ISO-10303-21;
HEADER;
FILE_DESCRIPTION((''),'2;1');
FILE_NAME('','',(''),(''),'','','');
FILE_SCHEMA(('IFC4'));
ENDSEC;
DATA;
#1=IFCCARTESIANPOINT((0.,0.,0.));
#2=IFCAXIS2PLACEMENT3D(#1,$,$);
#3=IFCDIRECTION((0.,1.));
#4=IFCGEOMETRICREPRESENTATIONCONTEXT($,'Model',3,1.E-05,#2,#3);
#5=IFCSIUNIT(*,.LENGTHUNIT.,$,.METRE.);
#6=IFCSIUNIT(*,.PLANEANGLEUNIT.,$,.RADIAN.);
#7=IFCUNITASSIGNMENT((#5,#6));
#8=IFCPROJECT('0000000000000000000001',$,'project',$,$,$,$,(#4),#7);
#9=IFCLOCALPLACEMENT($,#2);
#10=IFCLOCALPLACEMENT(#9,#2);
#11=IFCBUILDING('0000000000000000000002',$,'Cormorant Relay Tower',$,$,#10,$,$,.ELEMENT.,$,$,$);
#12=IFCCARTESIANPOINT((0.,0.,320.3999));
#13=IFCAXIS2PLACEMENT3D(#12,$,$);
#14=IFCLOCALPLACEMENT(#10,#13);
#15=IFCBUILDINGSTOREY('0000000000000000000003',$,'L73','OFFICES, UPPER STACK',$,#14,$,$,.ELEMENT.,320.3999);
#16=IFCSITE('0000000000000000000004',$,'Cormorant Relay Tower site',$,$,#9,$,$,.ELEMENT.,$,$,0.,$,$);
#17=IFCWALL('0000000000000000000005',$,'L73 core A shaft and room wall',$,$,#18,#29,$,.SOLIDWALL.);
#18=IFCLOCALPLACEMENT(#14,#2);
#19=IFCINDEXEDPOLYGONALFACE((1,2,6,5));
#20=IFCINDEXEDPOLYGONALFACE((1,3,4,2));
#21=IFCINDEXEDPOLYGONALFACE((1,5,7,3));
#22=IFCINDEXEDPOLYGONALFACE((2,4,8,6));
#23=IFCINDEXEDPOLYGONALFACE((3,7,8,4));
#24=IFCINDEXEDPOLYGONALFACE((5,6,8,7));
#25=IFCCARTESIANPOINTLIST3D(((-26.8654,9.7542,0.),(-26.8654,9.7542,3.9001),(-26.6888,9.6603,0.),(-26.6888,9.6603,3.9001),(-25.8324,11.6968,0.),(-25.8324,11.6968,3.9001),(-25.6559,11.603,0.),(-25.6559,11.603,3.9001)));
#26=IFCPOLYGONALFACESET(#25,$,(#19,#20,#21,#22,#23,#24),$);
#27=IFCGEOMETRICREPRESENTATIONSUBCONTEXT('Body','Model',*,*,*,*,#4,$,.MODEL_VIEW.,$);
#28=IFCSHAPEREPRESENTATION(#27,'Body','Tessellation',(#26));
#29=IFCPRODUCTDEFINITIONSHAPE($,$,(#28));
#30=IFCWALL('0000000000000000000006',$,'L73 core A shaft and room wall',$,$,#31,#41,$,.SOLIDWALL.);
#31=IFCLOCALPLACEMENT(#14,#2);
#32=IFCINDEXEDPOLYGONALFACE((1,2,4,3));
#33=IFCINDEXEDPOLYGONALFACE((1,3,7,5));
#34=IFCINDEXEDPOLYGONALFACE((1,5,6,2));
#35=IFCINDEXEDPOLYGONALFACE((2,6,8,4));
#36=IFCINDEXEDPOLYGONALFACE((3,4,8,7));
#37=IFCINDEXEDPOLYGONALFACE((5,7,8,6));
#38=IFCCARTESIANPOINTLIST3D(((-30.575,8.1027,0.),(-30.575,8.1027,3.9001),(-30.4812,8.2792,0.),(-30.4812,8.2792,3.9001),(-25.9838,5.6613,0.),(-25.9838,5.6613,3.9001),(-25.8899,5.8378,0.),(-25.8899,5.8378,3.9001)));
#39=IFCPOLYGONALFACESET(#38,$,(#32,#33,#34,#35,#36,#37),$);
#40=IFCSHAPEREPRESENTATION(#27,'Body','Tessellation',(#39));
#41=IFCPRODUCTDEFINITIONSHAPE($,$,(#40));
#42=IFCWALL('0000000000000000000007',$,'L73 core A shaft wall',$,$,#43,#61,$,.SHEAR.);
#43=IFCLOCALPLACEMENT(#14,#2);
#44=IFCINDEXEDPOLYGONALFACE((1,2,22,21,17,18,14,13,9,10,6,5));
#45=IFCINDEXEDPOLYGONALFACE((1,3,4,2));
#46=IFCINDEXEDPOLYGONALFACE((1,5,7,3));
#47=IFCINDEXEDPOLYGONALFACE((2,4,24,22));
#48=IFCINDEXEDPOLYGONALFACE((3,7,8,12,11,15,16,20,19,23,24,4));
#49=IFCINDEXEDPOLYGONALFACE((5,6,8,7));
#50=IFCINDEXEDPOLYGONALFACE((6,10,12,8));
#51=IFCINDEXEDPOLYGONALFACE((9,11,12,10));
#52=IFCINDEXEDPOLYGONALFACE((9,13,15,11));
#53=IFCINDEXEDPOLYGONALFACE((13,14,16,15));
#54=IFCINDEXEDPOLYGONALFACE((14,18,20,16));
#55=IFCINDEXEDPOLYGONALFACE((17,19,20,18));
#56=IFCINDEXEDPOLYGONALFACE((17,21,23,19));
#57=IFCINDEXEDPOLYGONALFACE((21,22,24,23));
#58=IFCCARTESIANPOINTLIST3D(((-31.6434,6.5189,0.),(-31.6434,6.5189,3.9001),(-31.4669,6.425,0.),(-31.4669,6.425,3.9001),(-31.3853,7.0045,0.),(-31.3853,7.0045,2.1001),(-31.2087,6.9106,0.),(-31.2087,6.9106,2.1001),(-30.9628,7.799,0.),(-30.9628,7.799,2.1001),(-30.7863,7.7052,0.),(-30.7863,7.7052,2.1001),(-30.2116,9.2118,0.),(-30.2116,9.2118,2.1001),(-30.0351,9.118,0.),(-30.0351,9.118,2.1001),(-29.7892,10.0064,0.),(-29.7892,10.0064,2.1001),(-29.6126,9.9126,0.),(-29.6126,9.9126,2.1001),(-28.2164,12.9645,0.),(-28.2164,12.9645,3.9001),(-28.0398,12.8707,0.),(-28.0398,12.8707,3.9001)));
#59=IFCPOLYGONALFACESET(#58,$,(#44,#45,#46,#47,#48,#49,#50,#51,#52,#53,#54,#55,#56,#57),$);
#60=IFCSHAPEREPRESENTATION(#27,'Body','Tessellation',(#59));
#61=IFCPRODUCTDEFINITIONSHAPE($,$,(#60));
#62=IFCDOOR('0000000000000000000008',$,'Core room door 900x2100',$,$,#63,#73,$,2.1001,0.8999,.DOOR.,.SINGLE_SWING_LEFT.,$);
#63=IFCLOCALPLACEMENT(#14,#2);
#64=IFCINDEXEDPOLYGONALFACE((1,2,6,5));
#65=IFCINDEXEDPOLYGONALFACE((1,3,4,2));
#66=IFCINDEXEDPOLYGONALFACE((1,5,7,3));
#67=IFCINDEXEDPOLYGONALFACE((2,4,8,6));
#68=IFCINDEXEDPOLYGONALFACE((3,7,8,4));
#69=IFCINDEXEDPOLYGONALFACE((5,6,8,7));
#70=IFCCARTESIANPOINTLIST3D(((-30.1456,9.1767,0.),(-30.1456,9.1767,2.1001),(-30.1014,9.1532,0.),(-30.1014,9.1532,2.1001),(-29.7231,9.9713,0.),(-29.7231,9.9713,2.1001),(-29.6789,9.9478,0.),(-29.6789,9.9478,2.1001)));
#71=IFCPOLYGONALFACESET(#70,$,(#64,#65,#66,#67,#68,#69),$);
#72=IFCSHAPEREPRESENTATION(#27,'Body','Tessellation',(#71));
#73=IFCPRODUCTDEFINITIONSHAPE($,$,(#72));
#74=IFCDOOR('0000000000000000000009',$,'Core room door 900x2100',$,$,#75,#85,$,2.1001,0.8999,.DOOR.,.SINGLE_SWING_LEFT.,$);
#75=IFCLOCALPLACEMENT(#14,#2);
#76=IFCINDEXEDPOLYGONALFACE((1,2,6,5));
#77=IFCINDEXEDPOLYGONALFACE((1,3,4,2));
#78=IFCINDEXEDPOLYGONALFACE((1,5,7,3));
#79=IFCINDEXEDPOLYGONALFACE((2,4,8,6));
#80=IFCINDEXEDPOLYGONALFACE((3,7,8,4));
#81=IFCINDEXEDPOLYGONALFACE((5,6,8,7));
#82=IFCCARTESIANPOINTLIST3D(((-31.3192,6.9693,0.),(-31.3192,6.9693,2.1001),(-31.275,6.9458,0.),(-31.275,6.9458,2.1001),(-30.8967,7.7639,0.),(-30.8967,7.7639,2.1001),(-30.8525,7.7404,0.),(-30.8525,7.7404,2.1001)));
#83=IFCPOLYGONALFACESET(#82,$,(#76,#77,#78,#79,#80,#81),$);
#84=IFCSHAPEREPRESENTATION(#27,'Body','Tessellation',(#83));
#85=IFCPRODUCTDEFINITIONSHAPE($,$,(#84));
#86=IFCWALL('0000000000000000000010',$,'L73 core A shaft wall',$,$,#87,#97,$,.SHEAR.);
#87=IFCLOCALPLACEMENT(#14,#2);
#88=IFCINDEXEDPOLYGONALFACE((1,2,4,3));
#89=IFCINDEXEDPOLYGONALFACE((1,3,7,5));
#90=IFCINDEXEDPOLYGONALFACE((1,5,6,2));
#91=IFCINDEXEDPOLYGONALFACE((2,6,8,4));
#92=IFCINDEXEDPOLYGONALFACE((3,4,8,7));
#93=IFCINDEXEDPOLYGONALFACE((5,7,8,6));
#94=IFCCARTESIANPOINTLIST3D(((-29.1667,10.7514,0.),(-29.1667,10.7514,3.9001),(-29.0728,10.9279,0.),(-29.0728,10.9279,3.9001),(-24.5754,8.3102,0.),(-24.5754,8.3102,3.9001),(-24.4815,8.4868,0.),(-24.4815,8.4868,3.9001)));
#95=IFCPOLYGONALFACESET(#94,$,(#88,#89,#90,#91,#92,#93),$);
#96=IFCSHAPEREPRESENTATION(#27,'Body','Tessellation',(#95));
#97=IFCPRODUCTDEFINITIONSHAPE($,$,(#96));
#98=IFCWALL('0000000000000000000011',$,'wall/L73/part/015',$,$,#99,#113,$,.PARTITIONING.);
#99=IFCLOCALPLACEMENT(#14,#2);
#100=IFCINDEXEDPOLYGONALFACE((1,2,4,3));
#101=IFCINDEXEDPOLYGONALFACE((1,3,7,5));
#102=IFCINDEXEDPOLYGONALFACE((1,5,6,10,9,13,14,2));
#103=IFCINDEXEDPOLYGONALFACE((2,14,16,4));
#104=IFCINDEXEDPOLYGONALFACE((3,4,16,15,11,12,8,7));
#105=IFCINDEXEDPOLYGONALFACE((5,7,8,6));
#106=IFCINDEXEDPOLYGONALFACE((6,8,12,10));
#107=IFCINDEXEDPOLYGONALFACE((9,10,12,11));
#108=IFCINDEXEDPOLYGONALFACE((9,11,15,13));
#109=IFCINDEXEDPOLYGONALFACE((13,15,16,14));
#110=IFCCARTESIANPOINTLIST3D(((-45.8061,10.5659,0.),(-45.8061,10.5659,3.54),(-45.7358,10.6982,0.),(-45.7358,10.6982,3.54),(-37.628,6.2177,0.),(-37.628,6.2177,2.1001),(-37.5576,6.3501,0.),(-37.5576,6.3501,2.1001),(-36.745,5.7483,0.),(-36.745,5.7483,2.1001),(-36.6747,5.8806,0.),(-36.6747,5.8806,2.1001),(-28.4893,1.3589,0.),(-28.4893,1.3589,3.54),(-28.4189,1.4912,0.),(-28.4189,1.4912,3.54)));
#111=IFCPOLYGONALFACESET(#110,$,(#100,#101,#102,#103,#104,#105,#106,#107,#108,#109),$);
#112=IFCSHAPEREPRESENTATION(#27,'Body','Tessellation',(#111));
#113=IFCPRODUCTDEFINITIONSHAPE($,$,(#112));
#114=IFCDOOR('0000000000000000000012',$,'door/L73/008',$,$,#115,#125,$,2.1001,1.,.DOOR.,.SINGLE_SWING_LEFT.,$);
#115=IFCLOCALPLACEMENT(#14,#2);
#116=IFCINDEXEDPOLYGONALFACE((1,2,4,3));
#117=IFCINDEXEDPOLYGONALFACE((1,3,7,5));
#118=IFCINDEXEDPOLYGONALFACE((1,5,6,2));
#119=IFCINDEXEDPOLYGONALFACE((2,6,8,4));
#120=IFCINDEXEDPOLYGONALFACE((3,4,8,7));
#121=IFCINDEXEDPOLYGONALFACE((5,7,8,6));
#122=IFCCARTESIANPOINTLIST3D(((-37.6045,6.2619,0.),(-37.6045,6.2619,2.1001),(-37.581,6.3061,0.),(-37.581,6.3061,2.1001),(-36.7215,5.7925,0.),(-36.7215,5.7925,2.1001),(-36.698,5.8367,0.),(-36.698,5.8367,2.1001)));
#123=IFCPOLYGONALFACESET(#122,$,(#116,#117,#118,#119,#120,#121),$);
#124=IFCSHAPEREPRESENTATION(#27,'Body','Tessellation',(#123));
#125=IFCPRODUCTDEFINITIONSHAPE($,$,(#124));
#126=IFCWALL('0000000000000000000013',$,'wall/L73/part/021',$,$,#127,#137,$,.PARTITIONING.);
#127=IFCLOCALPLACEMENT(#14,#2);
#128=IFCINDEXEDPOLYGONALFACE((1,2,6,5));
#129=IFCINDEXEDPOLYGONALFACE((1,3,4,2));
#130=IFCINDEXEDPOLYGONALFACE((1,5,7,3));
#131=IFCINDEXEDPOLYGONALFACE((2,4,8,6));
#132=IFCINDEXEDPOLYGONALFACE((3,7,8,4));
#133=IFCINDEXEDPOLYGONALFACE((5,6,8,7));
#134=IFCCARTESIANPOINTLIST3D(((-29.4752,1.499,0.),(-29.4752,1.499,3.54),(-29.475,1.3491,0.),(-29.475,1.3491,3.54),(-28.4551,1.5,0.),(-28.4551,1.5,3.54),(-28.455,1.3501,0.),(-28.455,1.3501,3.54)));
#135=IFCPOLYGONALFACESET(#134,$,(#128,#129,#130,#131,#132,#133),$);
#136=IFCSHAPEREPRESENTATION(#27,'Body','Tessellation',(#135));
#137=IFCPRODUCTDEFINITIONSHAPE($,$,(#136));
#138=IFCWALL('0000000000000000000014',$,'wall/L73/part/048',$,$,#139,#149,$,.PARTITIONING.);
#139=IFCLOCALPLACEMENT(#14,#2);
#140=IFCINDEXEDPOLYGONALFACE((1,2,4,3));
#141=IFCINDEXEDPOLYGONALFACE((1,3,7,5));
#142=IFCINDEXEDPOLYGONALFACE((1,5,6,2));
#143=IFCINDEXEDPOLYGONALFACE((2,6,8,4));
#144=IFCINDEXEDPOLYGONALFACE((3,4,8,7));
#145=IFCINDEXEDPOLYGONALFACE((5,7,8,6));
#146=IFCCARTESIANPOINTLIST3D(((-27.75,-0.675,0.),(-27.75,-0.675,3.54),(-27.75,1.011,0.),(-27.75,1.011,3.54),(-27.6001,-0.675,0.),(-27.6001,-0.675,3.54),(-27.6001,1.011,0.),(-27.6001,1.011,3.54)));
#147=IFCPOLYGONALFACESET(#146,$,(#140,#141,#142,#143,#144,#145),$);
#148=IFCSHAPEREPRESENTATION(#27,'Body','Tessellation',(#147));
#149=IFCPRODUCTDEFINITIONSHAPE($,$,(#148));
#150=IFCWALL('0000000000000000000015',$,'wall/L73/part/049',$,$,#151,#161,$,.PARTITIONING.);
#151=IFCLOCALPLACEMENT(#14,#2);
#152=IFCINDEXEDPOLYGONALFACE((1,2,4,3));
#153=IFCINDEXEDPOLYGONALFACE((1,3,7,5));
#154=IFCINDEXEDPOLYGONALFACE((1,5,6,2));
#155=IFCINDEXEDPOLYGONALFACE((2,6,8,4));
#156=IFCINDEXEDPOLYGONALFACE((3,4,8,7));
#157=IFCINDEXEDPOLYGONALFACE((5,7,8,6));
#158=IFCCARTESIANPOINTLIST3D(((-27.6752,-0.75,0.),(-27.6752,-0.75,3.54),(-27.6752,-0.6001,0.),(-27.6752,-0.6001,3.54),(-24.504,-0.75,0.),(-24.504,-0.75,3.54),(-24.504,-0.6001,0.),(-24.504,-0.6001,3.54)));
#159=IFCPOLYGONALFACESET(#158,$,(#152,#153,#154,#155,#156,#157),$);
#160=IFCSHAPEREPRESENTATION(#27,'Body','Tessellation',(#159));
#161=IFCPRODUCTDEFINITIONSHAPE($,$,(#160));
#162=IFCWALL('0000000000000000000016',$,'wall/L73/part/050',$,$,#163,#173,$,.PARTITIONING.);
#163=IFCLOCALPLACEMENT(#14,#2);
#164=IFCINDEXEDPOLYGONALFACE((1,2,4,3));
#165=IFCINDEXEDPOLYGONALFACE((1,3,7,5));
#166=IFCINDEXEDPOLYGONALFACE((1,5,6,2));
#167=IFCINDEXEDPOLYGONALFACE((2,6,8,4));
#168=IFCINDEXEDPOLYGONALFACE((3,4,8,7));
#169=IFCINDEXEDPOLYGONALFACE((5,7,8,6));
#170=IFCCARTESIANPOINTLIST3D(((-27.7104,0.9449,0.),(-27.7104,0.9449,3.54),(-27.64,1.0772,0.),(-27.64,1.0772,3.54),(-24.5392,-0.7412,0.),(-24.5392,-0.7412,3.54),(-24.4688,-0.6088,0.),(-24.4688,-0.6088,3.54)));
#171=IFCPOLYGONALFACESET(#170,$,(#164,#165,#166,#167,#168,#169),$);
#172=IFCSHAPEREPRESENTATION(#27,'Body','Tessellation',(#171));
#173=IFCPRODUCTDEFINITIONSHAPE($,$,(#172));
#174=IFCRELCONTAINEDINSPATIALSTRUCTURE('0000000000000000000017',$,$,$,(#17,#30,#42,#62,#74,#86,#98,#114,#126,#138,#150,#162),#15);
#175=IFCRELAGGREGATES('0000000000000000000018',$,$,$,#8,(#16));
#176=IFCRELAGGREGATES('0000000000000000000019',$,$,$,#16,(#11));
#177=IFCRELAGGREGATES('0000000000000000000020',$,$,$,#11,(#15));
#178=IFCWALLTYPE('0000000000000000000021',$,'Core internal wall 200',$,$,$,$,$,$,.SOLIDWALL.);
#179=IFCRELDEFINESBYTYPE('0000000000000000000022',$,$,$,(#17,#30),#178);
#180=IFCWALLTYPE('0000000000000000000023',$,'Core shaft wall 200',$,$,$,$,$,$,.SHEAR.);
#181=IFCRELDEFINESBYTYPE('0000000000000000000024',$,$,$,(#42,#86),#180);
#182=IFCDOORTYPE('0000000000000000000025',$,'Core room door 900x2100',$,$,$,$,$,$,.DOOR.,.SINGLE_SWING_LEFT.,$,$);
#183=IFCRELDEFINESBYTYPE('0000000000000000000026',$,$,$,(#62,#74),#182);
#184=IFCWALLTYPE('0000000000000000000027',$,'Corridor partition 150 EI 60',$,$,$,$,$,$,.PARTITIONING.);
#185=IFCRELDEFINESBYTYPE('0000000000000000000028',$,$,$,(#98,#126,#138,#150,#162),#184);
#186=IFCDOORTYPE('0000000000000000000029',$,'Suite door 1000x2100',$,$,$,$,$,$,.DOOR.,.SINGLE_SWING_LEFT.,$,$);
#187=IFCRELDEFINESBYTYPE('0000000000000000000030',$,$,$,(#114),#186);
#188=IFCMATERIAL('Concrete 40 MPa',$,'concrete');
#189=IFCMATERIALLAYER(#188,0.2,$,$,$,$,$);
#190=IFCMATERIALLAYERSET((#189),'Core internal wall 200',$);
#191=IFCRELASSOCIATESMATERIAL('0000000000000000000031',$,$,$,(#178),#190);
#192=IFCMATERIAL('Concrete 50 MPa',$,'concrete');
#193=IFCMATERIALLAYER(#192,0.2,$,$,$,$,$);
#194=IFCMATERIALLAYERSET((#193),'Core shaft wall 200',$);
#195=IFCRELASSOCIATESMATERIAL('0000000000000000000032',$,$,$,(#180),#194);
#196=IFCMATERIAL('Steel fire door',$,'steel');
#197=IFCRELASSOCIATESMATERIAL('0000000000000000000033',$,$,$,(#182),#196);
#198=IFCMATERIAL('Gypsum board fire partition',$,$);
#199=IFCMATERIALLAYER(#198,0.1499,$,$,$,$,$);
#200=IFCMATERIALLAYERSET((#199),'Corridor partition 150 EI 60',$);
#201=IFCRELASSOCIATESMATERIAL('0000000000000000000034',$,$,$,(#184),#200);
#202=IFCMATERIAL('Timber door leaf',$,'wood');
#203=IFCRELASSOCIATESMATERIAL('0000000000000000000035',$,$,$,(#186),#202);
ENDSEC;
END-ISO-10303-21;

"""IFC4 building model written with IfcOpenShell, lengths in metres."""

from ifc_helpers import new_model, si_unit, direction, frame, frame_2d, origin, place, context, subcontext, project, spatial, rectangle, extrude, material, layer, layer_set, type_object, element, fill, save


model = new_model("IFC4")

# Units and contexts
model_context = context("Model", 3, precision=1e-05, world=origin(), true_north=direction((0.0, 1.0)))
body_context = subcontext(model_context, "Body", "Model", "MODEL_VIEW")
ifc_project = project(units=[si_unit("LENGTHUNIT", "METRE"), si_unit("PLANEANGLEUNIT", "RADIAN")], contexts=[model_context])

# Site, building, storey
site_placement = place(None, origin())
site = spatial("IfcSite", under=ifc_project, at=site_placement, Name="Cormorant Relay Tower site", CompositionType="ELEMENT", RefElevation=0.0)
building_placement = place(site_placement, origin())
building = spatial("IfcBuilding", under=site, at=building_placement, Name="Cormorant Relay Tower", CompositionType="ELEMENT")
storey_placement = place(building_placement, frame((0.0, 0.0, 320.3999)))
storey = spatial("IfcBuildingStorey", under=building, at=storey_placement, Name="L73", Description="OFFICES, UPPER STACK", CompositionType="ELEMENT", Elevation=320.3999)

# Walls
ifc_material_1 = material(Name="Concrete 40 MPa", Category="concrete")
ifc_layer_1 = layer(ifc_material_1, 0.2)
ifc_layer_set_1 = layer_set([ifc_layer_1], Name="Core internal wall 200")
wall_type_1 = type_object("IfcWallType", Name="Core internal wall 200", PredefinedType="SOLIDWALL", material=ifc_layer_set_1)
wall_1_placement = place(storey_placement, frame((-25.7441, 11.6499, 0.0), z_axis=(0.0, 0.0, 1.0), x_axis=(-0.469488, -0.882939, 0.0)))
element("IfcWall", 1, at=wall_1_placement, inside=storey, type_object=wall_type_1, Name="L73 core A shaft and room wall", PredefinedType="SOLIDWALL", context=body_context, shape_type="SweptSolid", body=[
    extrude(rectangle(XDim=2.2002, YDim=0.2, at=frame_2d((1.1001, 0.0))), origin(), (0.0, 0.0, 1.0), 3.9001),
])
wall_2_placement = place(storey_placement, frame((-25.9368, 5.7495, 0.0), z_axis=(0.0, 0.0, 1.0), x_axis=(-0.882935, 0.469496, 0.0)))
element("IfcWall", 2, at=wall_2_placement, inside=storey, type_object=wall_type_1, Name="L73 core A shaft and room wall", PredefinedType="SOLIDWALL", context=body_context, shape_type="SweptSolid", body=[
    extrude(rectangle(XDim=5.2, YDim=0.2, at=frame_2d((2.6001, 0.0))), origin(), (0.0, 0.0, 1.0), 3.9001),
])

# Wall, openings, doors
ifc_material_2 = material(Name="Concrete 50 MPa", Category="concrete")
ifc_layer_2 = layer(ifc_material_2, 0.2)
ifc_layer_set_2 = layer_set([ifc_layer_2], Name="Core shaft wall 200")
wall_type_2 = type_object("IfcWallType", Name="Core shaft wall 200", PredefinedType="SHEAR", material=ifc_layer_set_2)
wall_3_placement = place(storey_placement, frame((-28.1282, 12.9175, 0.0), z_axis=(0.0, 0.0, 1.0), x_axis=(-0.469454, -0.882957, 0.0)))
wall_3 = element("IfcWall", 3, at=wall_3_placement, inside=storey, type_object=wall_type_2, Name="L73 core A shaft wall", PredefinedType="SHEAR", context=body_context, shape_type="SweptSolid", body=[
    extrude(rectangle(XDim=7.3, YDim=0.2, at=frame_2d((3.6499, 0.0))), origin(), (0.0, 0.0, 1.0), 3.9001),
])
opening_1_placement = place(wall_3_placement, frame((3.3501, 0.0, 0.0)))
opening_1 = element("IfcOpeningElement", 4, at=opening_1_placement, cuts=wall_3, PredefinedType="OPENING", context=body_context, shape_type="SweptSolid", body=[
    extrude(rectangle(XDim=0.8999, YDim=2.1001, at=frame_2d((0.45, 1.05))), frame((0.0, 0.1099, 0.0), z_axis=(0.0, -1.0, 0.0), x_axis=(1.0, 0.0, 0.0)), (0.0, 0.0, 1.0), 0.22),
])
opening_2_placement = place(wall_3_placement, frame((5.8501, 0.0, 0.0)))
opening_2 = element("IfcOpeningElement", 5, at=opening_2_placement, cuts=wall_3, PredefinedType="OPENING", context=body_context, shape_type="SweptSolid", body=[
    extrude(rectangle(XDim=0.8999, YDim=2.1001, at=frame_2d((0.45, 1.05))), frame((0.0, 0.1099, 0.0), z_axis=(0.0, -1.0, 0.0), x_axis=(1.0, 0.0, 0.0)), (0.0, 0.0, 1.0), 0.22),
])
ifc_material_3 = material(Name="Steel fire door", Category="steel")
door_type_1 = type_object("IfcDoorType", Name="Core room door 900x2100", OperationType="SINGLE_SWING_LEFT", PredefinedType="DOOR", material=ifc_material_3)
door_1_placement = place(opening_1_placement, origin())
door_1 = element("IfcDoor", 6, at=door_1_placement, inside=storey, type_object=door_type_1, Name="Core room door 900x2100", OperationType="SINGLE_SWING_LEFT", OverallHeight=2.1001, OverallWidth=0.8999, PredefinedType="DOOR", context=body_context, shape_type="SweptSolid", body=[
    extrude(rectangle(XDim=0.8999, YDim=2.1001, at=frame_2d((0.45, 1.05))), frame((0.0, 0.0249, 0.0), z_axis=(0.0, -1.0, 0.0), x_axis=(1.0, 0.0, 0.0)), (0.0, 0.0, 1.0), 0.05),
])
fill(opening_1, door_1)
door_2_placement = place(opening_2_placement, origin())
door_2 = element("IfcDoor", 7, at=door_2_placement, inside=storey, type_object=door_type_1, Name="Core room door 900x2100", OperationType="SINGLE_SWING_LEFT", OverallHeight=2.1001, OverallWidth=0.8999, PredefinedType="DOOR", context=body_context, shape_type="SweptSolid", body=[
    extrude(rectangle(XDim=0.8999, YDim=2.1001, at=frame_2d((0.45, 1.05))), frame((0.0, 0.0249, 0.0), z_axis=(0.0, -1.0, 0.0), x_axis=(1.0, 0.0, 0.0)), (0.0, 0.0, 1.0), 0.05),
])
fill(opening_2, door_2)

# Wall
wall_4_placement = place(storey_placement, frame((-24.5283, 8.3984, 0.0), z_axis=(0.0, 0.0, 1.0), x_axis=(-0.882954, 0.46946, 0.0)))
element("IfcWall", 8, at=wall_4_placement, inside=storey, type_object=wall_type_2, Name="L73 core A shaft wall", PredefinedType="SHEAR", context=body_context, shape_type="SweptSolid", body=[
    extrude(rectangle(XDim=5.2, YDim=0.2, at=frame_2d((2.6001, 0.0))), origin(), (0.0, 0.0, 1.0), 3.9001),
])

# Wall, opening, door
ifc_material_4 = material(Name="Gypsum board fire partition")
ifc_layer_3 = layer(ifc_material_4, 0.1499)
ifc_layer_set_3 = layer_set([ifc_layer_3], Name="Corridor partition 150 EI 60")
wall_type_3 = type_object("IfcWallType", Name="Corridor partition 150 EI 60", PredefinedType="PARTITIONING", material=ifc_layer_set_3)
wall_5_placement = place(storey_placement, frame((-28.4541, 1.425, 0.0), z_axis=(0.0, 0.0, 1.0), x_axis=(-0.882959, 0.469451, 0.0)))
wall_5 = element("IfcWall", 9, at=wall_5_placement, inside=storey, type_object=wall_type_3, Name="wall/L73/part/015", PredefinedType="PARTITIONING", context=body_context, shape_type="SweptSolid", body=[
    extrude(rectangle(XDim=19.6123, YDim=0.1499, at=frame_2d((9.8062, 0.0))), origin(), (0.0, 0.0, 1.0), 3.54),
])
opening_3_placement = place(wall_5_placement, frame((9.3501, 0.0, 0.0)))
opening_3 = element("IfcOpeningElement", 10, at=opening_3_placement, cuts=wall_5, PredefinedType="OPENING", context=body_context, shape_type="SweptSolid", body=[
    extrude(rectangle(XDim=1.0, YDim=2.1001, at=frame_2d((0.5, 1.05))), frame((0.0, 0.085, 0.0), z_axis=(0.0, -1.0, 0.0), x_axis=(1.0, 0.0, 0.0)), (0.0, 0.0, 1.0), 0.1699),
])
ifc_material_5 = material(Name="Timber door leaf", Category="wood")
door_type_2 = type_object("IfcDoorType", Name="Suite door 1000x2100", OperationType="SINGLE_SWING_LEFT", PredefinedType="DOOR", material=ifc_material_5)
door_3_placement = place(opening_3_placement, origin())
door_3 = element("IfcDoor", 11, at=door_3_placement, inside=storey, type_object=door_type_2, Name="door/L73/008", OperationType="SINGLE_SWING_LEFT", OverallHeight=2.1001, OverallWidth=1.0, PredefinedType="DOOR", context=body_context, shape_type="SweptSolid", body=[
    extrude(rectangle(XDim=1.0, YDim=2.1001, at=frame_2d((0.5, 1.05))), frame((0.0, 0.0249, 0.0), z_axis=(0.0, -1.0, 0.0), x_axis=(1.0, 0.0, 0.0)), (0.0, 0.0, 1.0), 0.05),
])
fill(opening_3, door_3)

# Walls
wall_6_placement = place(storey_placement, frame((-28.4551, 1.425, 0.0), z_axis=(0.0, 0.0, 1.0), x_axis=(-1.0, -0.000957, 0.0)))
element("IfcWall", 12, at=wall_6_placement, inside=storey, type_object=wall_type_3, Name="wall/L73/part/021", PredefinedType="PARTITIONING", context=body_context, shape_type="SweptSolid", body=[
    extrude(rectangle(XDim=1.02, YDim=0.1499, at=frame_2d((0.51, 0.0))), origin(), (0.0, 0.0, 1.0), 3.54),
])
wall_7_placement = place(storey_placement, frame((-27.675, 1.011, 0.0), z_axis=(0.0, 0.0, 1.0), x_axis=(0.0, -1.0, 0.0)))
element("IfcWall", 13, at=wall_7_placement, inside=storey, type_object=wall_type_3, Name="wall/L73/part/048", PredefinedType="PARTITIONING", context=body_context, shape_type="SweptSolid", body=[
    extrude(rectangle(XDim=1.686, YDim=0.1499, at=frame_2d((0.843, 0.0))), origin(), (0.0, 0.0, 1.0), 3.54),
])
wall_8_placement = place(storey_placement, frame((-27.675, -0.675, 0.0), z_axis=(0.0, 0.0, 1.0), x_axis=(1.0, 0.0, 0.0)))
element("IfcWall", 14, at=wall_8_placement, inside=storey, type_object=wall_type_3, Name="wall/L73/part/049", PredefinedType="PARTITIONING", context=body_context, shape_type="SweptSolid", body=[
    extrude(rectangle(XDim=3.1711, YDim=0.1499, at=frame_2d((1.5854, 0.0))), origin(), (0.0, 0.0, 1.0), 3.54),
])
wall_9_placement = place(storey_placement, frame((-24.5039, -0.675, 0.0), z_axis=(0.0, 0.0, 1.0), x_axis=(-0.882958, 0.469452, 0.0)))
element("IfcWall", 15, at=wall_9_placement, inside=storey, type_object=wall_type_3, Name="wall/L73/part/050", PredefinedType="PARTITIONING", context=body_context, shape_type="SweptSolid", body=[
    extrude(rectangle(XDim=3.5916, YDim=0.1499, at=frame_2d((1.7959, 0.0))), origin(), (0.0, 0.0, 1.0), 3.54),
])

save(model, "model.ifc")
